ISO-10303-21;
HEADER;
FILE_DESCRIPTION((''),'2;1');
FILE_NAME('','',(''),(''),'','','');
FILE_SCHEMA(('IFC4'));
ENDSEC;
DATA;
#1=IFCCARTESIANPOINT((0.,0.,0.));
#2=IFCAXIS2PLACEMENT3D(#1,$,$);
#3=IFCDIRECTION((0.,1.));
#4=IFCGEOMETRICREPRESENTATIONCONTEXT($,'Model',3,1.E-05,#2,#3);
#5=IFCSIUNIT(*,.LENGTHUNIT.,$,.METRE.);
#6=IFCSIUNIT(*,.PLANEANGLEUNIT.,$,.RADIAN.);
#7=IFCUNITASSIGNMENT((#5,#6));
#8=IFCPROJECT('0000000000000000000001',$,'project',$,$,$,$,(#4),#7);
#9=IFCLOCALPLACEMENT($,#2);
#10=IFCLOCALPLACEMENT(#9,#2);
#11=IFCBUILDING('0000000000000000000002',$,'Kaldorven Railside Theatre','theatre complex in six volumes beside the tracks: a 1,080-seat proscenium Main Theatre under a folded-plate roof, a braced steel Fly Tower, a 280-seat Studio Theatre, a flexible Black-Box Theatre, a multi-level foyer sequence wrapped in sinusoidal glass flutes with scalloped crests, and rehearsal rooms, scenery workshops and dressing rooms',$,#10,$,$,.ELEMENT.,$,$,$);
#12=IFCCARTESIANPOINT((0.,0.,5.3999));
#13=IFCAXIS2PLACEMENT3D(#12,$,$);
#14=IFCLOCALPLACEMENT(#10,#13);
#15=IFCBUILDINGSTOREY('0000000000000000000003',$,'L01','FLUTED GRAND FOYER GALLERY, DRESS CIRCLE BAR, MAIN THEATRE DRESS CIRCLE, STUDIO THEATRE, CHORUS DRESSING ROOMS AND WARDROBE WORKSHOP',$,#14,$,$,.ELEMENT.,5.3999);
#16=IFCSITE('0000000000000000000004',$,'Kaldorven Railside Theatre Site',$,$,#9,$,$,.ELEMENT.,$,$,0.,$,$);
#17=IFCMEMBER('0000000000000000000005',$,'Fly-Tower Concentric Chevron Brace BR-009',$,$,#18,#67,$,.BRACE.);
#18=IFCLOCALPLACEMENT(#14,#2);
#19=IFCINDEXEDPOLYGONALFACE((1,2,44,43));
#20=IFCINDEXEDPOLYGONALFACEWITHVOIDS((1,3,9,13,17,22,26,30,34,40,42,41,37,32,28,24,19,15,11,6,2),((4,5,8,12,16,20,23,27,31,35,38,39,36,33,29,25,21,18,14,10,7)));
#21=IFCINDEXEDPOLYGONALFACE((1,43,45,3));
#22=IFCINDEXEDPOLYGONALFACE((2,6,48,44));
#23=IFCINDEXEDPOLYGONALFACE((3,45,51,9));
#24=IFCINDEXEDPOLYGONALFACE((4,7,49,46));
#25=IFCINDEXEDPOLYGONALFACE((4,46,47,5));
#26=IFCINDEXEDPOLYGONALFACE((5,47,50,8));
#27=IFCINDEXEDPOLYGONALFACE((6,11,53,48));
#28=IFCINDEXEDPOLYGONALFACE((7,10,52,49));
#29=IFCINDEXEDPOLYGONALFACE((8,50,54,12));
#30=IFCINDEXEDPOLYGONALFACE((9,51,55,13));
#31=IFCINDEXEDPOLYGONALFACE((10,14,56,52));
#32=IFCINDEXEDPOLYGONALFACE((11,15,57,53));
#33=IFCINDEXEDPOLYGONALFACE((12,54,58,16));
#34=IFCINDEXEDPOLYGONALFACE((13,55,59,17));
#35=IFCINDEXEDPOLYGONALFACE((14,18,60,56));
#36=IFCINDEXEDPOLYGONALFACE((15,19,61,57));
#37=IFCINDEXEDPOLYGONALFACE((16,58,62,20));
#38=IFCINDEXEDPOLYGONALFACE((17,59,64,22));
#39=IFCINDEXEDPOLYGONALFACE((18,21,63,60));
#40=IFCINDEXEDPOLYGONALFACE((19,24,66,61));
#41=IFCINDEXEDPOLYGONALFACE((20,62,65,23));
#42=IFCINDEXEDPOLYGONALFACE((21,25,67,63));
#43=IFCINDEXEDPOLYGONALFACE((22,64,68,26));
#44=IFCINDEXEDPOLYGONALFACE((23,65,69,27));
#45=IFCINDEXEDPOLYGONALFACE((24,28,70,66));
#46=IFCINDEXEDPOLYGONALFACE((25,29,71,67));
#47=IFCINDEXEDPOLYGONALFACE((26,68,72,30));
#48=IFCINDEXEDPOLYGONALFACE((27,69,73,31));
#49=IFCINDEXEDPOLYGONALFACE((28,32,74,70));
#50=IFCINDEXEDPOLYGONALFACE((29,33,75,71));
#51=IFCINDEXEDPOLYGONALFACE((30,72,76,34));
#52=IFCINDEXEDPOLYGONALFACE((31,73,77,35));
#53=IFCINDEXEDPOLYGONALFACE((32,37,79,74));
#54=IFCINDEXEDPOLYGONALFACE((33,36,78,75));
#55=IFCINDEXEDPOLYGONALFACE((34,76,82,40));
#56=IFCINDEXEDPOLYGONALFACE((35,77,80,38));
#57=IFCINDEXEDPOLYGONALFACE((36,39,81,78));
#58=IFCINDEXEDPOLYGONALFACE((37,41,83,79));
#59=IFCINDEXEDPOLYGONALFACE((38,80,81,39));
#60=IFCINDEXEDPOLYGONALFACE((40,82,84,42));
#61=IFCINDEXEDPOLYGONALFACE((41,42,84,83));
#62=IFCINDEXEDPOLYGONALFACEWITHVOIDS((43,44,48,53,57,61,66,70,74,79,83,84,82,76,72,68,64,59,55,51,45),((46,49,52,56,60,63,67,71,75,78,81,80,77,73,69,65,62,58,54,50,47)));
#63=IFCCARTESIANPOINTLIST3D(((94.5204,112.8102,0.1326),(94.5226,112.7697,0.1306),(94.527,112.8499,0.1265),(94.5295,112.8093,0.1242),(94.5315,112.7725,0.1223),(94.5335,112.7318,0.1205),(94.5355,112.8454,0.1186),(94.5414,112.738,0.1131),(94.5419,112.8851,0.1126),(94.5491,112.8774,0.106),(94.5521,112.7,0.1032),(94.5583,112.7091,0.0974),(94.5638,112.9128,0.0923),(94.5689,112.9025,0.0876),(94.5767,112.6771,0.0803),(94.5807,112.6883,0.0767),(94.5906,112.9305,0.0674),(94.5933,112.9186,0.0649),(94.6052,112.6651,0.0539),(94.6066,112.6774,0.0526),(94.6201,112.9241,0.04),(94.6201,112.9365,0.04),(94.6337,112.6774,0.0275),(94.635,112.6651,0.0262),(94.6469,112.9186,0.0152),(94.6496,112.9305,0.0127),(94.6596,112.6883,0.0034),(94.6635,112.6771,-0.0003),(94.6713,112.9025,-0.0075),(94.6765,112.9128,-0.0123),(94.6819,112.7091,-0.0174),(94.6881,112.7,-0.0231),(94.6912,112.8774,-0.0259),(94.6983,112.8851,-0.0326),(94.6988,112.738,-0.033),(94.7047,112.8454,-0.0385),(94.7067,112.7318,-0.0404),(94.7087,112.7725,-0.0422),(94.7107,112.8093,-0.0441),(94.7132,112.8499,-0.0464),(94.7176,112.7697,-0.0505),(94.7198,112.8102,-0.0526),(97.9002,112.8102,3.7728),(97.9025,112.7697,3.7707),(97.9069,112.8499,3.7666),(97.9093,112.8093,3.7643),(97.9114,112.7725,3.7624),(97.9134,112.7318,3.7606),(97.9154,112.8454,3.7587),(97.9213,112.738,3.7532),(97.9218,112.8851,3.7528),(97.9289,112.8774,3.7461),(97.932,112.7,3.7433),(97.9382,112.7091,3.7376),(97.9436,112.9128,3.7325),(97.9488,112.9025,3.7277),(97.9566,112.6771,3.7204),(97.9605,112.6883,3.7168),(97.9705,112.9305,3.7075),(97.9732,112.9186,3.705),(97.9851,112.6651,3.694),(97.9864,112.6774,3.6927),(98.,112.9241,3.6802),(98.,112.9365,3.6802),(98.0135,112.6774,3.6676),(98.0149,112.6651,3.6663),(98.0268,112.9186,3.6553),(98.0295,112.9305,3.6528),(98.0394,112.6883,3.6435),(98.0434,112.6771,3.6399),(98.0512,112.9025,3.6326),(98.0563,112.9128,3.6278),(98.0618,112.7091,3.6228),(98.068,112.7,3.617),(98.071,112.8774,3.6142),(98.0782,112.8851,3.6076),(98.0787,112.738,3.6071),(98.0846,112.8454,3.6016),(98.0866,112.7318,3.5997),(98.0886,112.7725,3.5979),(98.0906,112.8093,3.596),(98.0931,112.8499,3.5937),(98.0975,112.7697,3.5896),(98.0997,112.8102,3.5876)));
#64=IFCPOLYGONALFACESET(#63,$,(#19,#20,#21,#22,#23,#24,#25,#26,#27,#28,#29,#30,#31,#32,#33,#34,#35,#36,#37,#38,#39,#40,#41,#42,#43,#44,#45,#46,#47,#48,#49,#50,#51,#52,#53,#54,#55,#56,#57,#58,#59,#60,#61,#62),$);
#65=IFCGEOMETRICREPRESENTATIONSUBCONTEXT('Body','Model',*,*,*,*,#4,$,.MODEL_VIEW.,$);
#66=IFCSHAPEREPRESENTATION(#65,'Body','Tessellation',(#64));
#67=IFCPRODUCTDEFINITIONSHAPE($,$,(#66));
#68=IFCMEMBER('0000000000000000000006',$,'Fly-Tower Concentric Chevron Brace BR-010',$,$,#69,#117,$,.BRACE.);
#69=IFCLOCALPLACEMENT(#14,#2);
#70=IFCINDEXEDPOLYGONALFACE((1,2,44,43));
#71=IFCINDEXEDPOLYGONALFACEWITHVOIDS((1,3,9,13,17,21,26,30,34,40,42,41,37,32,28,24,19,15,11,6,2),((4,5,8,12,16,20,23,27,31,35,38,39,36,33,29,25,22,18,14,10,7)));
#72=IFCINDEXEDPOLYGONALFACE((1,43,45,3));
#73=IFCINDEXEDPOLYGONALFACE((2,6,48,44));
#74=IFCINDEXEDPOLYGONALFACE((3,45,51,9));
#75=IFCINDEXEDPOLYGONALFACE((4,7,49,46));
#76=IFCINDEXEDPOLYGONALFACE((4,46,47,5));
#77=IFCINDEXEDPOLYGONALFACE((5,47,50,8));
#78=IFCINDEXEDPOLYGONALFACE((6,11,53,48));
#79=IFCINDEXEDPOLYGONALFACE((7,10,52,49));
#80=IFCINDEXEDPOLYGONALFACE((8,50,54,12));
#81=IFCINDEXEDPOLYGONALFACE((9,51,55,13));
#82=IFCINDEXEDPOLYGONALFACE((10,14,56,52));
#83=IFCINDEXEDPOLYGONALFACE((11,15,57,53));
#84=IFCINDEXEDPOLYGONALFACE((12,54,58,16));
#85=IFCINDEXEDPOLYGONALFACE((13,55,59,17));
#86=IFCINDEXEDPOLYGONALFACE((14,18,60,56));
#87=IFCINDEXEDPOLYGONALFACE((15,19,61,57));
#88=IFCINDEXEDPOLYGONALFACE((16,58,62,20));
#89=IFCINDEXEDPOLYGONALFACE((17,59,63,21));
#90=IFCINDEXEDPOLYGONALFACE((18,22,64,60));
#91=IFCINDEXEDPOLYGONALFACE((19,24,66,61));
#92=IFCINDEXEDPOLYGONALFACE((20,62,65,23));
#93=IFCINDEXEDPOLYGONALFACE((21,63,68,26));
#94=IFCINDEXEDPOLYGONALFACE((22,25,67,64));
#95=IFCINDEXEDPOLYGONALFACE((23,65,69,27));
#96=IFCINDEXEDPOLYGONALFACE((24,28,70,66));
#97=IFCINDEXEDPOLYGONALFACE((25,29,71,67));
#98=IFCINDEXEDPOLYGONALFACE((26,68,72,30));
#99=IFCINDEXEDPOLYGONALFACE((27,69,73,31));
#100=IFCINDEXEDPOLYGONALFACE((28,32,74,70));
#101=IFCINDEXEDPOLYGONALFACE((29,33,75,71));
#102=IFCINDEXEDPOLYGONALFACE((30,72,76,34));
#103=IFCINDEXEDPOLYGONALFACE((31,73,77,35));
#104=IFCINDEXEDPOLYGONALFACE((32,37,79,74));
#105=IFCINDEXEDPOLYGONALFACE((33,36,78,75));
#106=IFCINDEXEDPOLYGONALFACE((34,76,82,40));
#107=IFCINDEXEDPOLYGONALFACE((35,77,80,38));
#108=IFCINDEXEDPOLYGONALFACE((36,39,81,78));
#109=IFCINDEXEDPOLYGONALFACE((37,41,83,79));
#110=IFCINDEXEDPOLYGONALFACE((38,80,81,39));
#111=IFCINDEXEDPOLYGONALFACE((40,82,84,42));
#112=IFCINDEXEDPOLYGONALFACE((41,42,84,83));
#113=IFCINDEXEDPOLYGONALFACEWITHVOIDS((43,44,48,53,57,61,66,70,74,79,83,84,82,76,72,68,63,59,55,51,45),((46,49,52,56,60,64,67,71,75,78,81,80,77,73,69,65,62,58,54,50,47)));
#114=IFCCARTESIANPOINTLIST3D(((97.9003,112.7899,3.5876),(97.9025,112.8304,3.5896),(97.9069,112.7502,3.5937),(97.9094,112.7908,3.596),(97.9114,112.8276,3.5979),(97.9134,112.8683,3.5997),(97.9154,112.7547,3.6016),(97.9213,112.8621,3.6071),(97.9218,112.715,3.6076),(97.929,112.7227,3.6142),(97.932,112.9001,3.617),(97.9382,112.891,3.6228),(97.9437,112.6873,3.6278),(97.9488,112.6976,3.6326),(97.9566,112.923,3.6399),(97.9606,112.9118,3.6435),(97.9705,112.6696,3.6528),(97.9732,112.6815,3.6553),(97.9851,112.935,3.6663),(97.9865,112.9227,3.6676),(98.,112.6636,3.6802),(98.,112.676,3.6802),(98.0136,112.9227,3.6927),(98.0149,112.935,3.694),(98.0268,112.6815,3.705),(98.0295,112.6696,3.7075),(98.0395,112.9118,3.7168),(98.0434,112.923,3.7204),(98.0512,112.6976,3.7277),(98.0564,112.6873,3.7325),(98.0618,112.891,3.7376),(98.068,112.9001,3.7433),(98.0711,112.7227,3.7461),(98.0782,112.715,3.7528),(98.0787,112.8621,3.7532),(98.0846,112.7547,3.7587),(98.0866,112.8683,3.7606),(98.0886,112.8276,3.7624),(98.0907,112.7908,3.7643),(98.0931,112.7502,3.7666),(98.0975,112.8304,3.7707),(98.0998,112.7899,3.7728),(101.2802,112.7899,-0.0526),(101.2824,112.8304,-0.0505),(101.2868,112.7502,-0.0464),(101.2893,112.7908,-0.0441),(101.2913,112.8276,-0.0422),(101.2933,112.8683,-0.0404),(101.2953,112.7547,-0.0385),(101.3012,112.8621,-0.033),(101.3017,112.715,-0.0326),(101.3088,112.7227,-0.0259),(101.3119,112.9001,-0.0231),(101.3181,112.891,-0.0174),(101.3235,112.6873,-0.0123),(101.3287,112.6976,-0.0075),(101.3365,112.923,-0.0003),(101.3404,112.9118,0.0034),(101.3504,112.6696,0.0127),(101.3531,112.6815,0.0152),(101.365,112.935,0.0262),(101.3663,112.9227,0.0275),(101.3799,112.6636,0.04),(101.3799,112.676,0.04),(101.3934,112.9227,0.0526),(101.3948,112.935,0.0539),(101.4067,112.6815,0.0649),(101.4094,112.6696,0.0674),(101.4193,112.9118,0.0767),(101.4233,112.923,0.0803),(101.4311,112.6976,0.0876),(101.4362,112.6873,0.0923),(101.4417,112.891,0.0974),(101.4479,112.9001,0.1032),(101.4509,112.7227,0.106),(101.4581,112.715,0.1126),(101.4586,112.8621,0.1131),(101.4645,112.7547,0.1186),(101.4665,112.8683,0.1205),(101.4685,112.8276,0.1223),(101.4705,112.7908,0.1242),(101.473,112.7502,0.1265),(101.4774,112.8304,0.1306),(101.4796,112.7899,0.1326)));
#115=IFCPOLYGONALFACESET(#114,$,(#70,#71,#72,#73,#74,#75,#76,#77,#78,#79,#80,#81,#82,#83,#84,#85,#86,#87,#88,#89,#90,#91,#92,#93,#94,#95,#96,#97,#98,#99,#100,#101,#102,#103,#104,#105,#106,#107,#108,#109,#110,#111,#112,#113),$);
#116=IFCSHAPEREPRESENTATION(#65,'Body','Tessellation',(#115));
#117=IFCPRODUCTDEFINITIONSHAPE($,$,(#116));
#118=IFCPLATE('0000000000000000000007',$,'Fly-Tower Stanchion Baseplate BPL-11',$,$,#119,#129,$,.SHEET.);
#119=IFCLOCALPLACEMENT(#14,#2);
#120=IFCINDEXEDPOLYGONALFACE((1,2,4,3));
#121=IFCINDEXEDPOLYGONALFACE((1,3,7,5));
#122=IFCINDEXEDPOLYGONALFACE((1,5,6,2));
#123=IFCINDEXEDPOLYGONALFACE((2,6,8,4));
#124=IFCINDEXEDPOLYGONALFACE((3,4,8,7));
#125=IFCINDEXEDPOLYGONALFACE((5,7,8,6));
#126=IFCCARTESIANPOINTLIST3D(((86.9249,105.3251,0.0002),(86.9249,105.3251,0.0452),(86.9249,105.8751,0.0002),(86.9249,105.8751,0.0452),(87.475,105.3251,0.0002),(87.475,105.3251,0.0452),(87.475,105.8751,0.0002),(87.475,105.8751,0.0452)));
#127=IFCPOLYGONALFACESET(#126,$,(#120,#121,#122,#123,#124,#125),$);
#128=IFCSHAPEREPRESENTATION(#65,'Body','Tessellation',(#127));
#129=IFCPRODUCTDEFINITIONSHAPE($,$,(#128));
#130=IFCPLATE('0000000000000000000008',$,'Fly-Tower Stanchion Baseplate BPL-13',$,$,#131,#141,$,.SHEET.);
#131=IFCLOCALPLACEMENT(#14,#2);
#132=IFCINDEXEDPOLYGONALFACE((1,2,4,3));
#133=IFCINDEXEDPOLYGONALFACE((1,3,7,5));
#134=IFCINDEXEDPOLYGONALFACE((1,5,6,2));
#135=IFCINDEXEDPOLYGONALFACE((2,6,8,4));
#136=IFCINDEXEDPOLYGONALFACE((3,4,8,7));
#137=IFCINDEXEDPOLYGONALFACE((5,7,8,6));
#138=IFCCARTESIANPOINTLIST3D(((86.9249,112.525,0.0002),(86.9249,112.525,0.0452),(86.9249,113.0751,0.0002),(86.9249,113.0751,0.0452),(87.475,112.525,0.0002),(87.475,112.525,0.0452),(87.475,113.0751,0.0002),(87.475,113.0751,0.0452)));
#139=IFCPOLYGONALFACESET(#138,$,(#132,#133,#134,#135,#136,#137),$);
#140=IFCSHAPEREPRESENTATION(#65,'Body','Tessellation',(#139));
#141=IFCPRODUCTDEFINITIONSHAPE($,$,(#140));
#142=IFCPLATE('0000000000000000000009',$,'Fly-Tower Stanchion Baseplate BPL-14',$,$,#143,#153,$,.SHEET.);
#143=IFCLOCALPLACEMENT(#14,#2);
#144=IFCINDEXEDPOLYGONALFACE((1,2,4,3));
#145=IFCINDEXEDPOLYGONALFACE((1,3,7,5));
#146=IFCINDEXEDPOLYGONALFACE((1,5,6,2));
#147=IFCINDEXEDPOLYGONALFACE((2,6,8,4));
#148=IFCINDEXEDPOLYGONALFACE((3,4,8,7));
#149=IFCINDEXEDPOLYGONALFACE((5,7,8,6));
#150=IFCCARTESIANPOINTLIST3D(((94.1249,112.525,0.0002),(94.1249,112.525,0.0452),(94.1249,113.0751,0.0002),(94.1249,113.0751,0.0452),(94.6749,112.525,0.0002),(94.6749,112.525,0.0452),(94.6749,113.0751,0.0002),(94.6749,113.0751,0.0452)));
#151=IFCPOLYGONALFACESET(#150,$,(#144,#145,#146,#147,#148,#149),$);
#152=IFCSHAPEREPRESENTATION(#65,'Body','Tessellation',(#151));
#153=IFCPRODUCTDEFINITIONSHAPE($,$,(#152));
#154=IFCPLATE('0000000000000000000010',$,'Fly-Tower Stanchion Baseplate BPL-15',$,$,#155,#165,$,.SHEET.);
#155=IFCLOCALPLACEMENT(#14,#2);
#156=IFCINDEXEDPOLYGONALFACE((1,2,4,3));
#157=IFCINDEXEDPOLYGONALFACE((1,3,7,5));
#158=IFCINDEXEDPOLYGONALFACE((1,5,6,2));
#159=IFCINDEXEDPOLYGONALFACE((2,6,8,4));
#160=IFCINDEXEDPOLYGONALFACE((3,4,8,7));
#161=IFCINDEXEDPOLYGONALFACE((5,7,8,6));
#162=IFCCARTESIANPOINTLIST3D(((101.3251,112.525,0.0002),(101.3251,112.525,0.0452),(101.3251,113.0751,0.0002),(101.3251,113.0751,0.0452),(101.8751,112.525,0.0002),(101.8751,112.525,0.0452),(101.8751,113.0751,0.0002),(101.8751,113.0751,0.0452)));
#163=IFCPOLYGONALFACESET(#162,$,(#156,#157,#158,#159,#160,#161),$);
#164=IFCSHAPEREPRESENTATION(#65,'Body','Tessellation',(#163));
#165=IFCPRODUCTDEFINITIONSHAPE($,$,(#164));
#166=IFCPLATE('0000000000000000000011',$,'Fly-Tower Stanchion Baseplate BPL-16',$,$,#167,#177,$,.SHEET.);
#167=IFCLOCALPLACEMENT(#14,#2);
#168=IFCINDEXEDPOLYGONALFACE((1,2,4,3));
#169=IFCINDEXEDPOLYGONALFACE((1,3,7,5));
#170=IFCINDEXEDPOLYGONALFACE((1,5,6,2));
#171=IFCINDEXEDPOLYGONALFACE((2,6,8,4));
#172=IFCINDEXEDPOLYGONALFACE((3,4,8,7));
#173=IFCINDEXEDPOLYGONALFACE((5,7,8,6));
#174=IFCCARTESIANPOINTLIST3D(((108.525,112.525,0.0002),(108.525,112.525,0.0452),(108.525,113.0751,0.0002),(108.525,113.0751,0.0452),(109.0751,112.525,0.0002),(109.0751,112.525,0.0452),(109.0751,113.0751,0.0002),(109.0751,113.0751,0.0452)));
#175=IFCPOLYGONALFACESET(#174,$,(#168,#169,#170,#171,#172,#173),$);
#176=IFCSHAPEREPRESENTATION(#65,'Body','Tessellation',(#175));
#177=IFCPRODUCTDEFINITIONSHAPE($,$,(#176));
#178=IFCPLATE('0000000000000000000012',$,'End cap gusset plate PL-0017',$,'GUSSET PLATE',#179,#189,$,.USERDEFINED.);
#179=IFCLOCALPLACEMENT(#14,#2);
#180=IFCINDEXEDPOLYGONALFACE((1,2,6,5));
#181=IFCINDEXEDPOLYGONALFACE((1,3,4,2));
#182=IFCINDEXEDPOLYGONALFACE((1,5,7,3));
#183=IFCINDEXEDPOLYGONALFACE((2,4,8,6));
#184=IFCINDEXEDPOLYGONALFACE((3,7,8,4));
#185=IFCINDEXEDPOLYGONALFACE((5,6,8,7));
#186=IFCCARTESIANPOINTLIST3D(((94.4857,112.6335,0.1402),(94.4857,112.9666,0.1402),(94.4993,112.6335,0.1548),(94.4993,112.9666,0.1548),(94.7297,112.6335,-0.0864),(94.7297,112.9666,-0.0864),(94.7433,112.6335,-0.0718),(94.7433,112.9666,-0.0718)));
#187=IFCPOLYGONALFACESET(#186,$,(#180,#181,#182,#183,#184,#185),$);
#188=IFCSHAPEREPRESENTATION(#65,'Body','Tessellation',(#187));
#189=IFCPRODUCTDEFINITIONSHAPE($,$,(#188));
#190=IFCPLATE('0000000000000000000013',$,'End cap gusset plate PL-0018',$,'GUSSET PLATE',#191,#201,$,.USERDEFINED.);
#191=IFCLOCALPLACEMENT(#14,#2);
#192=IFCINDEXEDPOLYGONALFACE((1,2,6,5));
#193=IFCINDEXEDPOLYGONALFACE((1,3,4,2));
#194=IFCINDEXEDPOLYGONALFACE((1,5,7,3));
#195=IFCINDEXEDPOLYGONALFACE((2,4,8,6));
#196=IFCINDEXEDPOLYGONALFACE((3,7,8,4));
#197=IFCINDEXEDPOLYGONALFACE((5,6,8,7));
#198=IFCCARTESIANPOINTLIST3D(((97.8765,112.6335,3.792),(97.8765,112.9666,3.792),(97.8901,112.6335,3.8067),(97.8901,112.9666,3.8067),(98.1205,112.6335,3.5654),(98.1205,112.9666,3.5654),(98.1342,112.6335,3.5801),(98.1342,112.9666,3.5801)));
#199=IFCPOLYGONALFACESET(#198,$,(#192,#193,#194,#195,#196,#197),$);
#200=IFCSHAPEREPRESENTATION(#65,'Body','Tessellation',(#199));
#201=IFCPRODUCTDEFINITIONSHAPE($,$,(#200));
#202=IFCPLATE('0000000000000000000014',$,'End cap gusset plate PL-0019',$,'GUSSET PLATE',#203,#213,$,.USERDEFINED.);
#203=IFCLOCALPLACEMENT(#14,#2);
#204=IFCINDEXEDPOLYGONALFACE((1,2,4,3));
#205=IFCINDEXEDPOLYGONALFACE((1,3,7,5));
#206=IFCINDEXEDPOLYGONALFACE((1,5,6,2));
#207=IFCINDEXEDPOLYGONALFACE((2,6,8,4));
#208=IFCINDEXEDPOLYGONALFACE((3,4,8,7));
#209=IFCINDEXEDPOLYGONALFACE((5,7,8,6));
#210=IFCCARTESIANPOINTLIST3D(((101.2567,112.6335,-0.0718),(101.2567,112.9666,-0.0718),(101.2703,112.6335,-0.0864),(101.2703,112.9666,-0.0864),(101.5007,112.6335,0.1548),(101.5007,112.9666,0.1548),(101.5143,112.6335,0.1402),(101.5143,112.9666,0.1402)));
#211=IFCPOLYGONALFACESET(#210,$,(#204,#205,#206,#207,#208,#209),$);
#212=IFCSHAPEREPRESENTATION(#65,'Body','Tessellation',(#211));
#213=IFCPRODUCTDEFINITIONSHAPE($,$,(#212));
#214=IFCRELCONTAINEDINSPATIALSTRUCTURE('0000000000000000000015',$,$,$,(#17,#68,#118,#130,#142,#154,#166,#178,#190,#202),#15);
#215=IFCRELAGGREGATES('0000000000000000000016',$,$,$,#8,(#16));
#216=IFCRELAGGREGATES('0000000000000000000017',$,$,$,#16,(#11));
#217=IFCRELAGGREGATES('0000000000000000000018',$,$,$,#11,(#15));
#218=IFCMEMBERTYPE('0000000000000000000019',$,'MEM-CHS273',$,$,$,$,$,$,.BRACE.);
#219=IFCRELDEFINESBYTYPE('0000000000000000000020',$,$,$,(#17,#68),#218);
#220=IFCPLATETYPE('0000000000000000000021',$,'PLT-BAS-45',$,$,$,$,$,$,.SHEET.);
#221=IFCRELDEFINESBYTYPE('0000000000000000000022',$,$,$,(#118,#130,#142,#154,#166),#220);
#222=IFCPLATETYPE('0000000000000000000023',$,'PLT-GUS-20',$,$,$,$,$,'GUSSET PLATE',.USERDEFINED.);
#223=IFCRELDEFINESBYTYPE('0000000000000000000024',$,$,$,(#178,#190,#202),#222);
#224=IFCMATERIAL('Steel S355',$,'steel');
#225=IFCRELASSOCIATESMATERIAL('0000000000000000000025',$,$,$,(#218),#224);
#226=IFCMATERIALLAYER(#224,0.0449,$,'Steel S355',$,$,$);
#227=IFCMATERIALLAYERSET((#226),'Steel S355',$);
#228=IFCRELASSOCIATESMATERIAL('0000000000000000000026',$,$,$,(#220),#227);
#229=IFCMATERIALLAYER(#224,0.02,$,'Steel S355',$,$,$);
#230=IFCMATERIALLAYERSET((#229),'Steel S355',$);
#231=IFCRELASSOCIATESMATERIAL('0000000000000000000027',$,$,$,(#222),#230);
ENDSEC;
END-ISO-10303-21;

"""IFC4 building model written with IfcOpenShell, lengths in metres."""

from ifc_helpers import new_model, si_unit, direction, frame, origin, origin_2d, place, context, subcontext, project, spatial, rectangle, hollow_circle, extrude, material, layer, layer_set, material_profile, profile_set, type_object, element, save


model = new_model("IFC4")

# Units and contexts
model_context = context("Model", 3, precision=1e-05, world=origin(), true_north=direction((0.0, 1.0)))
body_context = subcontext(model_context, "Body", "Model", "MODEL_VIEW")
ifc_project = project(units=[si_unit("LENGTHUNIT", "METRE"), si_unit("PLANEANGLEUNIT", "RADIAN")], contexts=[model_context])

# Site, building, storey
site_placement = place(None, origin())
site = spatial("IfcSite", under=ifc_project, at=site_placement, Name="Kaldorven Railside Theatre Site", CompositionType="ELEMENT", RefElevation=0.0)
building_placement = place(site_placement, origin())
building = spatial("IfcBuilding", under=site, at=building_placement, Name="Kaldorven Railside Theatre", Description="theatre complex in six volumes beside the tracks: a 1,080-seat proscenium Main Theatre under a folded-plate roof, a braced steel Fly Tower, a 280-seat Studio Theatre, a flexible Black-Box Theatre, a multi-level foyer sequence wrapped in sinusoidal glass flutes with scalloped crests, and rehearsal rooms, scenery workshops and dressing rooms", CompositionType="ELEMENT")
storey_placement = place(building_placement, frame((0.0, 0.0, 5.3999)))
storey = spatial("IfcBuildingStorey", under=building, at=storey_placement, Name="L01", Description="FLUTED GRAND FOYER GALLERY, DRESS CIRCLE BAR, MAIN THEATRE DRESS CIRCLE, STUDIO THEATRE, CHORUS DRESSING ROOMS AND WARDROBE WORKSHOP", CompositionType="ELEMENT", Elevation=5.3999)

# Shared definitions
ifc_material_1 = material(Name="Steel S355", Category="steel")

# Members
ifc_material_profile_1 = material_profile(ifc_material_1, hollow_circle(Radius=0.1365, WallThickness=0.0125, at=origin_2d()), Name="CHS 273x12.5")
ifc_profile_set_1 = profile_set([ifc_material_profile_1], Name="Steel S355")
member_type = type_object("IfcMemberType", Name="MEM-CHS273", PredefinedType="BRACE", material=ifc_profile_set_1)
for number, where, z_axis, x_axis, name in (
    (1, (94.6201, 112.8, 0.04), (0.680425, 0.0, 0.732818), (0.0, 1.0, 0.0), "Fly-Tower Concentric Chevron Brace BR-009"),
    (2, (101.3799, 112.8, 0.04), (-0.680425, 0.0, 0.732818), (0.0, -1.0, 0.0), "Fly-Tower Concentric Chevron Brace BR-010"),
):
    element("IfcMember", number, at=place(storey_placement, frame(where, z_axis=z_axis, x_axis=x_axis)), inside=storey, type_object=member_type, Name=name, PredefinedType="BRACE", context=body_context, shape_type="SweptSolid", body=[
        extrude(hollow_circle(Radius=0.1365, WallThickness=0.0125, at=origin_2d()), origin(), (0.0, 0.0, 1.0), 4.9673),
    ])

# Plates
ifc_layer_1 = layer(ifc_material_1, 0.0449, Name="Steel S355")
ifc_layer_set_1 = layer_set([ifc_layer_1], Name="Steel S355")
plate_type_1 = type_object("IfcPlateType", Name="PLT-BAS-45", PredefinedType="SHEET", material=ifc_layer_set_1)
for number, where, z_axis, x_axis, name in (
    (3, (87.2, 105.6001, 0.0002), (0.0, 0.0, 1.0), (1.0, 0.0, 0.0), "Fly-Tower Stanchion Baseplate BPL-11"),
    (4, (87.2, 112.8, 0.0002), (0.0, 0.0, 1.0), (1.0, 0.0, 0.0), "Fly-Tower Stanchion Baseplate BPL-13"),
    (5, (94.3999, 112.8, 0.0002), (0.0, 0.0, 1.0), (1.0, 0.0, 0.0), "Fly-Tower Stanchion Baseplate BPL-14"),
    (6, (101.6001, 112.8, 0.0002), (0.0, 0.0, 1.0), (1.0, 0.0, 0.0), "Fly-Tower Stanchion Baseplate BPL-15"),
    (7, (108.8, 112.8, 0.0002), (0.0, 0.0, 1.0), (1.0, 0.0, 0.0), "Fly-Tower Stanchion Baseplate BPL-16"),
):
    element("IfcPlate", number, at=place(storey_placement, frame(where, z_axis=z_axis, x_axis=x_axis)), inside=storey, type_object=plate_type_1, Name=name, PredefinedType="SHEET", context=body_context, shape_type="SweptSolid", body=[
        extrude(rectangle(XDim=0.55, YDim=0.55, at=origin_2d()), origin(), (0.0, 0.0, 1.0), 0.0449),
    ])
ifc_layer_2 = layer(ifc_material_1, 0.02, Name="Steel S355")
ifc_layer_set_2 = layer_set([ifc_layer_2], Name="Steel S355")
plate_type_2 = type_object("IfcPlateType", Name="PLT-GUS-20", ElementType="GUSSET PLATE", PredefinedType="USERDEFINED", material=ifc_layer_set_2)
for number, where, z_axis, x_axis, name in (
    (8, (94.6077, 112.8, 0.0269), (0.680465, 0.0, 0.73278), (0.0, 1.0, 0.0), "End cap gusset plate PL-0017"),
    (9, (97.9985, 112.8, 3.6787), (0.680465, 0.0, 0.73278), (0.0, 1.0, 0.0), "End cap gusset plate PL-0018"),
    (10, (101.3923, 112.8, 0.0269), (-0.680465, 0.0, 0.73278), (0.0, -1.0, 0.0), "End cap gusset plate PL-0019"),
):
    element("IfcPlate", number, at=place(storey_placement, frame(where, z_axis=z_axis, x_axis=x_axis)), inside=storey, type_object=plate_type_2, Name=name, ObjectType="GUSSET PLATE", PredefinedType="USERDEFINED", context=body_context, shape_type="SweptSolid", body=[
        extrude(rectangle(XDim=0.333, YDim=0.333, at=origin_2d()), origin(), (0.0, 0.0, 1.0), 0.02),
    ])

save(model, "model.ifc")
